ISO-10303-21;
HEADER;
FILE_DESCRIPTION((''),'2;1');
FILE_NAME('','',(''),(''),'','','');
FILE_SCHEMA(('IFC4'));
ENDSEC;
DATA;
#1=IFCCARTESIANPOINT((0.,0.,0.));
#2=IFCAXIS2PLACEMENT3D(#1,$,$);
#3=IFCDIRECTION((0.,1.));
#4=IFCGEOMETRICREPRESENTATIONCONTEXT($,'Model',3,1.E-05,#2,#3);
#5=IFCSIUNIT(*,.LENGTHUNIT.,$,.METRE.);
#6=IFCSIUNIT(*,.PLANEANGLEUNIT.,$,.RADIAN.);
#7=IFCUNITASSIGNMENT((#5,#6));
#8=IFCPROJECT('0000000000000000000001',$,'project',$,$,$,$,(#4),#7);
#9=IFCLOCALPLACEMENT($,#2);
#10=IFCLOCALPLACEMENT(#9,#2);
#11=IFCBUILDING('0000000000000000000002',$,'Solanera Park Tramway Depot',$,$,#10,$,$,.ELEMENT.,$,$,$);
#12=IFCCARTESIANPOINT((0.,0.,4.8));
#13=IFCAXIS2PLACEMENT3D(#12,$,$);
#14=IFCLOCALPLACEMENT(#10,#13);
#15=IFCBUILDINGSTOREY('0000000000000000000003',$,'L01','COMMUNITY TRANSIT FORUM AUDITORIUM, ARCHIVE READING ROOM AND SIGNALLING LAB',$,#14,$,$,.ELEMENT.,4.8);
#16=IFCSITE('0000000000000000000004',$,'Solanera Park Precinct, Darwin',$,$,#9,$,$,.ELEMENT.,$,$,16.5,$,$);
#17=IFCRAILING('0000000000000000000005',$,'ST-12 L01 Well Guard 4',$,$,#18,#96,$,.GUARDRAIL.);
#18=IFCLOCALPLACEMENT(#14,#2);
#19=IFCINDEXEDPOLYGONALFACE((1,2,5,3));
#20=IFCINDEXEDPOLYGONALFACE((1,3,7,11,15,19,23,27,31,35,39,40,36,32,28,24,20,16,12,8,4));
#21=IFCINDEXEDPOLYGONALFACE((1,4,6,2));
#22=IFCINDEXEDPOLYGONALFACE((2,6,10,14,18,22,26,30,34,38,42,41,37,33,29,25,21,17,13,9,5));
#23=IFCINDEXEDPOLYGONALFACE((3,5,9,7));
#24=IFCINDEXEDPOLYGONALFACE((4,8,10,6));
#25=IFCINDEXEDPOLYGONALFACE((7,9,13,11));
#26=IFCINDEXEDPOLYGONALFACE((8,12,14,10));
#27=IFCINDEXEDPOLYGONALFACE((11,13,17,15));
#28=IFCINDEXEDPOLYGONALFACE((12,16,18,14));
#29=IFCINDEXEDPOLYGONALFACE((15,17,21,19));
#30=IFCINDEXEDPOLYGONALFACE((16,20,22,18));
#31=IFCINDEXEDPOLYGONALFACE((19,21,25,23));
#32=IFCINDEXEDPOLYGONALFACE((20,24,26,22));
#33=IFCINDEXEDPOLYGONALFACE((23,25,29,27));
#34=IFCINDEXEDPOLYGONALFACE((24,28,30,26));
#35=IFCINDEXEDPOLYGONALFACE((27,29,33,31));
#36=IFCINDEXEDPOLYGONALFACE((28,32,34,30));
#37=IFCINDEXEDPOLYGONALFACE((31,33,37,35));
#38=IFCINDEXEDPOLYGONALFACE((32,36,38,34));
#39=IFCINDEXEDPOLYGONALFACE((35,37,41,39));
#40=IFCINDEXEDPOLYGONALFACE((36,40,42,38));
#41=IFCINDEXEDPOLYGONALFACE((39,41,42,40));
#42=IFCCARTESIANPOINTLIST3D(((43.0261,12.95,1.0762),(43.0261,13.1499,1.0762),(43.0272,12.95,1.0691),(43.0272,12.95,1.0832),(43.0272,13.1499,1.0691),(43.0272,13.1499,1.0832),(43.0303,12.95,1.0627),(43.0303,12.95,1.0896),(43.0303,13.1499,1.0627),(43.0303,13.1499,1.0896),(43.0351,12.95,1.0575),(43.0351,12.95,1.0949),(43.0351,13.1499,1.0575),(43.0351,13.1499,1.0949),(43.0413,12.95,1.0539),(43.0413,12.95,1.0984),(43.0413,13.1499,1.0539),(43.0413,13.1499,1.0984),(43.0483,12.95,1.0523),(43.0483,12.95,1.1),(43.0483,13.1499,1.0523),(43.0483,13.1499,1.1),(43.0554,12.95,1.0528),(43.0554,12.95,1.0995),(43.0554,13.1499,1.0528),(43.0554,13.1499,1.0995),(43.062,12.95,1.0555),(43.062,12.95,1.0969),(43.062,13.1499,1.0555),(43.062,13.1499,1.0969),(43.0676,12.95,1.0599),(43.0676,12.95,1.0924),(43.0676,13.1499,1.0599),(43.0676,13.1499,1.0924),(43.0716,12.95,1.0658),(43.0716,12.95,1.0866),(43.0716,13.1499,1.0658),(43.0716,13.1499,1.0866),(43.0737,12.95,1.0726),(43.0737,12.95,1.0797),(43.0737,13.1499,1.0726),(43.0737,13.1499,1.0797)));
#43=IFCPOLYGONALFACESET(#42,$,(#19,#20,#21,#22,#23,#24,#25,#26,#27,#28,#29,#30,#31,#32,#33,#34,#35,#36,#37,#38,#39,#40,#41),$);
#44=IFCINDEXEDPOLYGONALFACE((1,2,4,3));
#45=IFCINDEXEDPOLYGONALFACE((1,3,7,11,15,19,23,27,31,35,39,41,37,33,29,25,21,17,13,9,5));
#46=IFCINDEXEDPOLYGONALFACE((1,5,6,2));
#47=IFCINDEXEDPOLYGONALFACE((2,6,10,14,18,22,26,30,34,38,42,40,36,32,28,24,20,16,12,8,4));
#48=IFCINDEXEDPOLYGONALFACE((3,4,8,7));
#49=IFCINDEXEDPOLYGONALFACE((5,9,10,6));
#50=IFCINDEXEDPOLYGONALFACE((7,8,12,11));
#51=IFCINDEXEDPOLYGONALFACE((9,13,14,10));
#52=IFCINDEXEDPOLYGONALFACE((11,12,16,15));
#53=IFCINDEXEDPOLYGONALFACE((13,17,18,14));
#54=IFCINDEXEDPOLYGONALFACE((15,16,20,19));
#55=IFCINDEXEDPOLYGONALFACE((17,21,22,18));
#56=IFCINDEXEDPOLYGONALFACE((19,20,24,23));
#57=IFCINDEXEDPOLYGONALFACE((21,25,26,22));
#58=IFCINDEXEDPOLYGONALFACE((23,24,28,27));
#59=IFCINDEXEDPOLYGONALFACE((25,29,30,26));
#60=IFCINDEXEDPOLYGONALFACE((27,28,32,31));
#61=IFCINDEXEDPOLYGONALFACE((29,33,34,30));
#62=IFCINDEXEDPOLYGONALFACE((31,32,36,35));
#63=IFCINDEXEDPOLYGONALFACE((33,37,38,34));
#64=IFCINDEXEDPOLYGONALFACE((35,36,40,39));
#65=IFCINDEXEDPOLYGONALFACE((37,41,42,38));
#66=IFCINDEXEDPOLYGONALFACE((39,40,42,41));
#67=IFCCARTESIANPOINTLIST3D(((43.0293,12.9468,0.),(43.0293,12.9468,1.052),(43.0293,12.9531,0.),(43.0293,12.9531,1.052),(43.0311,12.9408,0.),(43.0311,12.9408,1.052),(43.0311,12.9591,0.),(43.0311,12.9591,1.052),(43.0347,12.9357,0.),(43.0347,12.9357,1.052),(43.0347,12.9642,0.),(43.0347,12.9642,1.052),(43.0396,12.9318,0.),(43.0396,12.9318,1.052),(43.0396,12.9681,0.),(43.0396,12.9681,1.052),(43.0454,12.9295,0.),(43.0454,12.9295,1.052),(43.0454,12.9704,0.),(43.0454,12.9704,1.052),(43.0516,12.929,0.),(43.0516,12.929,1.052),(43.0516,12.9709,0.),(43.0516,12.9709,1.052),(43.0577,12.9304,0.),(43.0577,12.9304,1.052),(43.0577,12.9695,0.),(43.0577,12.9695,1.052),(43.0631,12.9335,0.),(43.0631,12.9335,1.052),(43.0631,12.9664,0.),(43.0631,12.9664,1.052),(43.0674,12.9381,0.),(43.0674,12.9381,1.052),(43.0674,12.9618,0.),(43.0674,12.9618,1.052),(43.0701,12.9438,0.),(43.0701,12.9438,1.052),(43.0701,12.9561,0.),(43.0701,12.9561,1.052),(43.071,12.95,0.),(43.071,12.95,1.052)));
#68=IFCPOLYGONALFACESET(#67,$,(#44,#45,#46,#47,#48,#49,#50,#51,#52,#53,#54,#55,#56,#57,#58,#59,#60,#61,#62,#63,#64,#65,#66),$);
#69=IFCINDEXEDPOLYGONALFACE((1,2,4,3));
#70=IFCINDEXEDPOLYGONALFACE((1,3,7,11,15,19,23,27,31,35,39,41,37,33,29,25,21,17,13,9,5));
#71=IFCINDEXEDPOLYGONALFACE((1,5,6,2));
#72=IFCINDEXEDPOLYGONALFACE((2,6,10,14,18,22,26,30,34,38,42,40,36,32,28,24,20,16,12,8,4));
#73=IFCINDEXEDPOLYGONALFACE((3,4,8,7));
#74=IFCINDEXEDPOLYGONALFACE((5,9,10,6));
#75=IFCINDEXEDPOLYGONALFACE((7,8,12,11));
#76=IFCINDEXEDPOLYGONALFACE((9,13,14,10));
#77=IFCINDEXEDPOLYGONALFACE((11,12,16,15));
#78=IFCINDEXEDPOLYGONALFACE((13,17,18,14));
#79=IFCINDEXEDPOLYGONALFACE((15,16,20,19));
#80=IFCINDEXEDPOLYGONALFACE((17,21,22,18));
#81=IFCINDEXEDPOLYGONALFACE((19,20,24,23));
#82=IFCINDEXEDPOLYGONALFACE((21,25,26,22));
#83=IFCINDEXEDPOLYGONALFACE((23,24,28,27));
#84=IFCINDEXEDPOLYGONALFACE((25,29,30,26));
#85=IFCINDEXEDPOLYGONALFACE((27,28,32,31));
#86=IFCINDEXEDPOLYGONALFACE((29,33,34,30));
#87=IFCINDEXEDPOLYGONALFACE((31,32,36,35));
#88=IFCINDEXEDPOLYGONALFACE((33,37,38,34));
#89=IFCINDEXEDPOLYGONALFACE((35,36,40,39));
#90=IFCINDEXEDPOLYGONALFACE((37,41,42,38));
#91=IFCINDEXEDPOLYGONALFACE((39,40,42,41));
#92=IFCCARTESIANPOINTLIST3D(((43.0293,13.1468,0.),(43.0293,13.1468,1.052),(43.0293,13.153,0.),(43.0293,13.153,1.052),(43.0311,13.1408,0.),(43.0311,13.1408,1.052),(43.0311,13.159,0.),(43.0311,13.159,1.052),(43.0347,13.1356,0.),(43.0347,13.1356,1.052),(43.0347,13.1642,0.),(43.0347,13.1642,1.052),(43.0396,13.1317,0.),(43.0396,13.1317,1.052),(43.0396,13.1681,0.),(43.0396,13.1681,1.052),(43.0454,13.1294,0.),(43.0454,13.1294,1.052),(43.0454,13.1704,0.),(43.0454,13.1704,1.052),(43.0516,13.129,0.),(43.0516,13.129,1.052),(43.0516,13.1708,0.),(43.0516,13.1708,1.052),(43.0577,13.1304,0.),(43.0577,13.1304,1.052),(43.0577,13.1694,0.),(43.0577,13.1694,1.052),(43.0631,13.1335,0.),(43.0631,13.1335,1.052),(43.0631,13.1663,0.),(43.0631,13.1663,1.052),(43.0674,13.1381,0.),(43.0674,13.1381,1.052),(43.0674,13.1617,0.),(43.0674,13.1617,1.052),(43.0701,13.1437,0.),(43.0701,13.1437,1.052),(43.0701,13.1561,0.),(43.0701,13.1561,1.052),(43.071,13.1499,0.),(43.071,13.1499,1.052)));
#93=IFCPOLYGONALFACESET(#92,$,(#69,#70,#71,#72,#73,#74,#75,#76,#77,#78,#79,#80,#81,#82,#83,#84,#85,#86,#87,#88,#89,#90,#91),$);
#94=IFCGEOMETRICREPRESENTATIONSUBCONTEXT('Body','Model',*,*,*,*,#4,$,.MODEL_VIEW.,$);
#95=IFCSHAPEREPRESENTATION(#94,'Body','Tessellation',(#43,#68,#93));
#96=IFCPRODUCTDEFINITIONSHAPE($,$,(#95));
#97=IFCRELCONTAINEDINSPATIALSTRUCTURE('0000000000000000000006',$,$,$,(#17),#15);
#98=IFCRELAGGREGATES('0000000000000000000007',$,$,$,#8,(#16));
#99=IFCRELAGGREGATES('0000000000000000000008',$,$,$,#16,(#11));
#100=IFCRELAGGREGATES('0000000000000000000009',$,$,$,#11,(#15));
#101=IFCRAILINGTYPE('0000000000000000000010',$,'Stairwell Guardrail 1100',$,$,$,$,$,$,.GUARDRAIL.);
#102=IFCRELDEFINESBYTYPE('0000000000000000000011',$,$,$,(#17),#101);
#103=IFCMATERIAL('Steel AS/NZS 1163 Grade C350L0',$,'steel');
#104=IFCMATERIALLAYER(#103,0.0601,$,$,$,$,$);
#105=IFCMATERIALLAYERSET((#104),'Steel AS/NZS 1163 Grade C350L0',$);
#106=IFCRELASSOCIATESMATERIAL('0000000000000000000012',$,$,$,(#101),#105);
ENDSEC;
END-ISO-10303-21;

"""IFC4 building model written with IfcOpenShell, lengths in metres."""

from ifc_helpers import new_model, si_unit, direction, frame, origin, origin_2d, place, context, subcontext, project, spatial, circle, extrude, material, layer, layer_set, type_object, element, save


model = new_model("IFC4")

# Units and contexts
model_context = context("Model", 3, precision=1e-05, world=origin(), true_north=direction((0.0, 1.0)))
body_context = subcontext(model_context, "Body", "Model", "MODEL_VIEW")
ifc_project = project(units=[si_unit("LENGTHUNIT", "METRE"), si_unit("PLANEANGLEUNIT", "RADIAN")], contexts=[model_context])

# Site, building, storey
site_placement = place(None, origin())
site = spatial("IfcSite", under=ifc_project, at=site_placement, Name="Solanera Park Precinct, Darwin", CompositionType="ELEMENT", RefElevation=16.5)
building_placement = place(site_placement, origin())
building = spatial("IfcBuilding", under=site, at=building_placement, Name="Solanera Park Tramway Depot", CompositionType="ELEMENT")
storey_placement = place(building_placement, frame((0.0, 0.0, 4.8)))
storey = spatial("IfcBuildingStorey", under=building, at=storey_placement, Name="L01", Description="COMMUNITY TRANSIT FORUM AUDITORIUM, ARCHIVE READING ROOM AND SIGNALLING LAB", CompositionType="ELEMENT", Elevation=4.8)

# Railing
ifc_material_1 = material(Name="Steel AS/NZS 1163 Grade C350L0", Category="steel")
ifc_layer_1 = layer(ifc_material_1, 0.0601)
ifc_layer_set_1 = layer_set([ifc_layer_1], Name="Steel AS/NZS 1163 Grade C350L0")
railing_type_1 = type_object("IfcRailingType", Name="Stairwell Guardrail 1100", PredefinedType="GUARDRAIL", material=ifc_layer_set_1)
railing_1_placement = place(storey_placement, frame((43.05, 12.95, 0.0)))
element("IfcRailing", 1, at=railing_1_placement, inside=storey, type_object=railing_type_1, Name="ST-12 L01 Well Guard 4", PredefinedType="GUARDRAIL", context=body_context, shape_type="SweptSolid", body=[
    extrude(circle(Radius=0.0239, at=origin_2d()), frame((0.0, 0.0, 1.0762), z_axis=(0.0, 1.0, 0.0), x_axis=(-1.0, 0.0, 0.0)), (0.0, 0.0, 1.0), 0.2),
    extrude(circle(Radius=0.021, at=origin_2d()), origin(), (0.0, 0.0, 1.0), 1.052),
    extrude(circle(Radius=0.021, at=origin_2d()), frame((0.0, 0.2, 0.0)), (0.0, 0.0, 1.0), 1.052),
])

save(model, "model.ifc")
